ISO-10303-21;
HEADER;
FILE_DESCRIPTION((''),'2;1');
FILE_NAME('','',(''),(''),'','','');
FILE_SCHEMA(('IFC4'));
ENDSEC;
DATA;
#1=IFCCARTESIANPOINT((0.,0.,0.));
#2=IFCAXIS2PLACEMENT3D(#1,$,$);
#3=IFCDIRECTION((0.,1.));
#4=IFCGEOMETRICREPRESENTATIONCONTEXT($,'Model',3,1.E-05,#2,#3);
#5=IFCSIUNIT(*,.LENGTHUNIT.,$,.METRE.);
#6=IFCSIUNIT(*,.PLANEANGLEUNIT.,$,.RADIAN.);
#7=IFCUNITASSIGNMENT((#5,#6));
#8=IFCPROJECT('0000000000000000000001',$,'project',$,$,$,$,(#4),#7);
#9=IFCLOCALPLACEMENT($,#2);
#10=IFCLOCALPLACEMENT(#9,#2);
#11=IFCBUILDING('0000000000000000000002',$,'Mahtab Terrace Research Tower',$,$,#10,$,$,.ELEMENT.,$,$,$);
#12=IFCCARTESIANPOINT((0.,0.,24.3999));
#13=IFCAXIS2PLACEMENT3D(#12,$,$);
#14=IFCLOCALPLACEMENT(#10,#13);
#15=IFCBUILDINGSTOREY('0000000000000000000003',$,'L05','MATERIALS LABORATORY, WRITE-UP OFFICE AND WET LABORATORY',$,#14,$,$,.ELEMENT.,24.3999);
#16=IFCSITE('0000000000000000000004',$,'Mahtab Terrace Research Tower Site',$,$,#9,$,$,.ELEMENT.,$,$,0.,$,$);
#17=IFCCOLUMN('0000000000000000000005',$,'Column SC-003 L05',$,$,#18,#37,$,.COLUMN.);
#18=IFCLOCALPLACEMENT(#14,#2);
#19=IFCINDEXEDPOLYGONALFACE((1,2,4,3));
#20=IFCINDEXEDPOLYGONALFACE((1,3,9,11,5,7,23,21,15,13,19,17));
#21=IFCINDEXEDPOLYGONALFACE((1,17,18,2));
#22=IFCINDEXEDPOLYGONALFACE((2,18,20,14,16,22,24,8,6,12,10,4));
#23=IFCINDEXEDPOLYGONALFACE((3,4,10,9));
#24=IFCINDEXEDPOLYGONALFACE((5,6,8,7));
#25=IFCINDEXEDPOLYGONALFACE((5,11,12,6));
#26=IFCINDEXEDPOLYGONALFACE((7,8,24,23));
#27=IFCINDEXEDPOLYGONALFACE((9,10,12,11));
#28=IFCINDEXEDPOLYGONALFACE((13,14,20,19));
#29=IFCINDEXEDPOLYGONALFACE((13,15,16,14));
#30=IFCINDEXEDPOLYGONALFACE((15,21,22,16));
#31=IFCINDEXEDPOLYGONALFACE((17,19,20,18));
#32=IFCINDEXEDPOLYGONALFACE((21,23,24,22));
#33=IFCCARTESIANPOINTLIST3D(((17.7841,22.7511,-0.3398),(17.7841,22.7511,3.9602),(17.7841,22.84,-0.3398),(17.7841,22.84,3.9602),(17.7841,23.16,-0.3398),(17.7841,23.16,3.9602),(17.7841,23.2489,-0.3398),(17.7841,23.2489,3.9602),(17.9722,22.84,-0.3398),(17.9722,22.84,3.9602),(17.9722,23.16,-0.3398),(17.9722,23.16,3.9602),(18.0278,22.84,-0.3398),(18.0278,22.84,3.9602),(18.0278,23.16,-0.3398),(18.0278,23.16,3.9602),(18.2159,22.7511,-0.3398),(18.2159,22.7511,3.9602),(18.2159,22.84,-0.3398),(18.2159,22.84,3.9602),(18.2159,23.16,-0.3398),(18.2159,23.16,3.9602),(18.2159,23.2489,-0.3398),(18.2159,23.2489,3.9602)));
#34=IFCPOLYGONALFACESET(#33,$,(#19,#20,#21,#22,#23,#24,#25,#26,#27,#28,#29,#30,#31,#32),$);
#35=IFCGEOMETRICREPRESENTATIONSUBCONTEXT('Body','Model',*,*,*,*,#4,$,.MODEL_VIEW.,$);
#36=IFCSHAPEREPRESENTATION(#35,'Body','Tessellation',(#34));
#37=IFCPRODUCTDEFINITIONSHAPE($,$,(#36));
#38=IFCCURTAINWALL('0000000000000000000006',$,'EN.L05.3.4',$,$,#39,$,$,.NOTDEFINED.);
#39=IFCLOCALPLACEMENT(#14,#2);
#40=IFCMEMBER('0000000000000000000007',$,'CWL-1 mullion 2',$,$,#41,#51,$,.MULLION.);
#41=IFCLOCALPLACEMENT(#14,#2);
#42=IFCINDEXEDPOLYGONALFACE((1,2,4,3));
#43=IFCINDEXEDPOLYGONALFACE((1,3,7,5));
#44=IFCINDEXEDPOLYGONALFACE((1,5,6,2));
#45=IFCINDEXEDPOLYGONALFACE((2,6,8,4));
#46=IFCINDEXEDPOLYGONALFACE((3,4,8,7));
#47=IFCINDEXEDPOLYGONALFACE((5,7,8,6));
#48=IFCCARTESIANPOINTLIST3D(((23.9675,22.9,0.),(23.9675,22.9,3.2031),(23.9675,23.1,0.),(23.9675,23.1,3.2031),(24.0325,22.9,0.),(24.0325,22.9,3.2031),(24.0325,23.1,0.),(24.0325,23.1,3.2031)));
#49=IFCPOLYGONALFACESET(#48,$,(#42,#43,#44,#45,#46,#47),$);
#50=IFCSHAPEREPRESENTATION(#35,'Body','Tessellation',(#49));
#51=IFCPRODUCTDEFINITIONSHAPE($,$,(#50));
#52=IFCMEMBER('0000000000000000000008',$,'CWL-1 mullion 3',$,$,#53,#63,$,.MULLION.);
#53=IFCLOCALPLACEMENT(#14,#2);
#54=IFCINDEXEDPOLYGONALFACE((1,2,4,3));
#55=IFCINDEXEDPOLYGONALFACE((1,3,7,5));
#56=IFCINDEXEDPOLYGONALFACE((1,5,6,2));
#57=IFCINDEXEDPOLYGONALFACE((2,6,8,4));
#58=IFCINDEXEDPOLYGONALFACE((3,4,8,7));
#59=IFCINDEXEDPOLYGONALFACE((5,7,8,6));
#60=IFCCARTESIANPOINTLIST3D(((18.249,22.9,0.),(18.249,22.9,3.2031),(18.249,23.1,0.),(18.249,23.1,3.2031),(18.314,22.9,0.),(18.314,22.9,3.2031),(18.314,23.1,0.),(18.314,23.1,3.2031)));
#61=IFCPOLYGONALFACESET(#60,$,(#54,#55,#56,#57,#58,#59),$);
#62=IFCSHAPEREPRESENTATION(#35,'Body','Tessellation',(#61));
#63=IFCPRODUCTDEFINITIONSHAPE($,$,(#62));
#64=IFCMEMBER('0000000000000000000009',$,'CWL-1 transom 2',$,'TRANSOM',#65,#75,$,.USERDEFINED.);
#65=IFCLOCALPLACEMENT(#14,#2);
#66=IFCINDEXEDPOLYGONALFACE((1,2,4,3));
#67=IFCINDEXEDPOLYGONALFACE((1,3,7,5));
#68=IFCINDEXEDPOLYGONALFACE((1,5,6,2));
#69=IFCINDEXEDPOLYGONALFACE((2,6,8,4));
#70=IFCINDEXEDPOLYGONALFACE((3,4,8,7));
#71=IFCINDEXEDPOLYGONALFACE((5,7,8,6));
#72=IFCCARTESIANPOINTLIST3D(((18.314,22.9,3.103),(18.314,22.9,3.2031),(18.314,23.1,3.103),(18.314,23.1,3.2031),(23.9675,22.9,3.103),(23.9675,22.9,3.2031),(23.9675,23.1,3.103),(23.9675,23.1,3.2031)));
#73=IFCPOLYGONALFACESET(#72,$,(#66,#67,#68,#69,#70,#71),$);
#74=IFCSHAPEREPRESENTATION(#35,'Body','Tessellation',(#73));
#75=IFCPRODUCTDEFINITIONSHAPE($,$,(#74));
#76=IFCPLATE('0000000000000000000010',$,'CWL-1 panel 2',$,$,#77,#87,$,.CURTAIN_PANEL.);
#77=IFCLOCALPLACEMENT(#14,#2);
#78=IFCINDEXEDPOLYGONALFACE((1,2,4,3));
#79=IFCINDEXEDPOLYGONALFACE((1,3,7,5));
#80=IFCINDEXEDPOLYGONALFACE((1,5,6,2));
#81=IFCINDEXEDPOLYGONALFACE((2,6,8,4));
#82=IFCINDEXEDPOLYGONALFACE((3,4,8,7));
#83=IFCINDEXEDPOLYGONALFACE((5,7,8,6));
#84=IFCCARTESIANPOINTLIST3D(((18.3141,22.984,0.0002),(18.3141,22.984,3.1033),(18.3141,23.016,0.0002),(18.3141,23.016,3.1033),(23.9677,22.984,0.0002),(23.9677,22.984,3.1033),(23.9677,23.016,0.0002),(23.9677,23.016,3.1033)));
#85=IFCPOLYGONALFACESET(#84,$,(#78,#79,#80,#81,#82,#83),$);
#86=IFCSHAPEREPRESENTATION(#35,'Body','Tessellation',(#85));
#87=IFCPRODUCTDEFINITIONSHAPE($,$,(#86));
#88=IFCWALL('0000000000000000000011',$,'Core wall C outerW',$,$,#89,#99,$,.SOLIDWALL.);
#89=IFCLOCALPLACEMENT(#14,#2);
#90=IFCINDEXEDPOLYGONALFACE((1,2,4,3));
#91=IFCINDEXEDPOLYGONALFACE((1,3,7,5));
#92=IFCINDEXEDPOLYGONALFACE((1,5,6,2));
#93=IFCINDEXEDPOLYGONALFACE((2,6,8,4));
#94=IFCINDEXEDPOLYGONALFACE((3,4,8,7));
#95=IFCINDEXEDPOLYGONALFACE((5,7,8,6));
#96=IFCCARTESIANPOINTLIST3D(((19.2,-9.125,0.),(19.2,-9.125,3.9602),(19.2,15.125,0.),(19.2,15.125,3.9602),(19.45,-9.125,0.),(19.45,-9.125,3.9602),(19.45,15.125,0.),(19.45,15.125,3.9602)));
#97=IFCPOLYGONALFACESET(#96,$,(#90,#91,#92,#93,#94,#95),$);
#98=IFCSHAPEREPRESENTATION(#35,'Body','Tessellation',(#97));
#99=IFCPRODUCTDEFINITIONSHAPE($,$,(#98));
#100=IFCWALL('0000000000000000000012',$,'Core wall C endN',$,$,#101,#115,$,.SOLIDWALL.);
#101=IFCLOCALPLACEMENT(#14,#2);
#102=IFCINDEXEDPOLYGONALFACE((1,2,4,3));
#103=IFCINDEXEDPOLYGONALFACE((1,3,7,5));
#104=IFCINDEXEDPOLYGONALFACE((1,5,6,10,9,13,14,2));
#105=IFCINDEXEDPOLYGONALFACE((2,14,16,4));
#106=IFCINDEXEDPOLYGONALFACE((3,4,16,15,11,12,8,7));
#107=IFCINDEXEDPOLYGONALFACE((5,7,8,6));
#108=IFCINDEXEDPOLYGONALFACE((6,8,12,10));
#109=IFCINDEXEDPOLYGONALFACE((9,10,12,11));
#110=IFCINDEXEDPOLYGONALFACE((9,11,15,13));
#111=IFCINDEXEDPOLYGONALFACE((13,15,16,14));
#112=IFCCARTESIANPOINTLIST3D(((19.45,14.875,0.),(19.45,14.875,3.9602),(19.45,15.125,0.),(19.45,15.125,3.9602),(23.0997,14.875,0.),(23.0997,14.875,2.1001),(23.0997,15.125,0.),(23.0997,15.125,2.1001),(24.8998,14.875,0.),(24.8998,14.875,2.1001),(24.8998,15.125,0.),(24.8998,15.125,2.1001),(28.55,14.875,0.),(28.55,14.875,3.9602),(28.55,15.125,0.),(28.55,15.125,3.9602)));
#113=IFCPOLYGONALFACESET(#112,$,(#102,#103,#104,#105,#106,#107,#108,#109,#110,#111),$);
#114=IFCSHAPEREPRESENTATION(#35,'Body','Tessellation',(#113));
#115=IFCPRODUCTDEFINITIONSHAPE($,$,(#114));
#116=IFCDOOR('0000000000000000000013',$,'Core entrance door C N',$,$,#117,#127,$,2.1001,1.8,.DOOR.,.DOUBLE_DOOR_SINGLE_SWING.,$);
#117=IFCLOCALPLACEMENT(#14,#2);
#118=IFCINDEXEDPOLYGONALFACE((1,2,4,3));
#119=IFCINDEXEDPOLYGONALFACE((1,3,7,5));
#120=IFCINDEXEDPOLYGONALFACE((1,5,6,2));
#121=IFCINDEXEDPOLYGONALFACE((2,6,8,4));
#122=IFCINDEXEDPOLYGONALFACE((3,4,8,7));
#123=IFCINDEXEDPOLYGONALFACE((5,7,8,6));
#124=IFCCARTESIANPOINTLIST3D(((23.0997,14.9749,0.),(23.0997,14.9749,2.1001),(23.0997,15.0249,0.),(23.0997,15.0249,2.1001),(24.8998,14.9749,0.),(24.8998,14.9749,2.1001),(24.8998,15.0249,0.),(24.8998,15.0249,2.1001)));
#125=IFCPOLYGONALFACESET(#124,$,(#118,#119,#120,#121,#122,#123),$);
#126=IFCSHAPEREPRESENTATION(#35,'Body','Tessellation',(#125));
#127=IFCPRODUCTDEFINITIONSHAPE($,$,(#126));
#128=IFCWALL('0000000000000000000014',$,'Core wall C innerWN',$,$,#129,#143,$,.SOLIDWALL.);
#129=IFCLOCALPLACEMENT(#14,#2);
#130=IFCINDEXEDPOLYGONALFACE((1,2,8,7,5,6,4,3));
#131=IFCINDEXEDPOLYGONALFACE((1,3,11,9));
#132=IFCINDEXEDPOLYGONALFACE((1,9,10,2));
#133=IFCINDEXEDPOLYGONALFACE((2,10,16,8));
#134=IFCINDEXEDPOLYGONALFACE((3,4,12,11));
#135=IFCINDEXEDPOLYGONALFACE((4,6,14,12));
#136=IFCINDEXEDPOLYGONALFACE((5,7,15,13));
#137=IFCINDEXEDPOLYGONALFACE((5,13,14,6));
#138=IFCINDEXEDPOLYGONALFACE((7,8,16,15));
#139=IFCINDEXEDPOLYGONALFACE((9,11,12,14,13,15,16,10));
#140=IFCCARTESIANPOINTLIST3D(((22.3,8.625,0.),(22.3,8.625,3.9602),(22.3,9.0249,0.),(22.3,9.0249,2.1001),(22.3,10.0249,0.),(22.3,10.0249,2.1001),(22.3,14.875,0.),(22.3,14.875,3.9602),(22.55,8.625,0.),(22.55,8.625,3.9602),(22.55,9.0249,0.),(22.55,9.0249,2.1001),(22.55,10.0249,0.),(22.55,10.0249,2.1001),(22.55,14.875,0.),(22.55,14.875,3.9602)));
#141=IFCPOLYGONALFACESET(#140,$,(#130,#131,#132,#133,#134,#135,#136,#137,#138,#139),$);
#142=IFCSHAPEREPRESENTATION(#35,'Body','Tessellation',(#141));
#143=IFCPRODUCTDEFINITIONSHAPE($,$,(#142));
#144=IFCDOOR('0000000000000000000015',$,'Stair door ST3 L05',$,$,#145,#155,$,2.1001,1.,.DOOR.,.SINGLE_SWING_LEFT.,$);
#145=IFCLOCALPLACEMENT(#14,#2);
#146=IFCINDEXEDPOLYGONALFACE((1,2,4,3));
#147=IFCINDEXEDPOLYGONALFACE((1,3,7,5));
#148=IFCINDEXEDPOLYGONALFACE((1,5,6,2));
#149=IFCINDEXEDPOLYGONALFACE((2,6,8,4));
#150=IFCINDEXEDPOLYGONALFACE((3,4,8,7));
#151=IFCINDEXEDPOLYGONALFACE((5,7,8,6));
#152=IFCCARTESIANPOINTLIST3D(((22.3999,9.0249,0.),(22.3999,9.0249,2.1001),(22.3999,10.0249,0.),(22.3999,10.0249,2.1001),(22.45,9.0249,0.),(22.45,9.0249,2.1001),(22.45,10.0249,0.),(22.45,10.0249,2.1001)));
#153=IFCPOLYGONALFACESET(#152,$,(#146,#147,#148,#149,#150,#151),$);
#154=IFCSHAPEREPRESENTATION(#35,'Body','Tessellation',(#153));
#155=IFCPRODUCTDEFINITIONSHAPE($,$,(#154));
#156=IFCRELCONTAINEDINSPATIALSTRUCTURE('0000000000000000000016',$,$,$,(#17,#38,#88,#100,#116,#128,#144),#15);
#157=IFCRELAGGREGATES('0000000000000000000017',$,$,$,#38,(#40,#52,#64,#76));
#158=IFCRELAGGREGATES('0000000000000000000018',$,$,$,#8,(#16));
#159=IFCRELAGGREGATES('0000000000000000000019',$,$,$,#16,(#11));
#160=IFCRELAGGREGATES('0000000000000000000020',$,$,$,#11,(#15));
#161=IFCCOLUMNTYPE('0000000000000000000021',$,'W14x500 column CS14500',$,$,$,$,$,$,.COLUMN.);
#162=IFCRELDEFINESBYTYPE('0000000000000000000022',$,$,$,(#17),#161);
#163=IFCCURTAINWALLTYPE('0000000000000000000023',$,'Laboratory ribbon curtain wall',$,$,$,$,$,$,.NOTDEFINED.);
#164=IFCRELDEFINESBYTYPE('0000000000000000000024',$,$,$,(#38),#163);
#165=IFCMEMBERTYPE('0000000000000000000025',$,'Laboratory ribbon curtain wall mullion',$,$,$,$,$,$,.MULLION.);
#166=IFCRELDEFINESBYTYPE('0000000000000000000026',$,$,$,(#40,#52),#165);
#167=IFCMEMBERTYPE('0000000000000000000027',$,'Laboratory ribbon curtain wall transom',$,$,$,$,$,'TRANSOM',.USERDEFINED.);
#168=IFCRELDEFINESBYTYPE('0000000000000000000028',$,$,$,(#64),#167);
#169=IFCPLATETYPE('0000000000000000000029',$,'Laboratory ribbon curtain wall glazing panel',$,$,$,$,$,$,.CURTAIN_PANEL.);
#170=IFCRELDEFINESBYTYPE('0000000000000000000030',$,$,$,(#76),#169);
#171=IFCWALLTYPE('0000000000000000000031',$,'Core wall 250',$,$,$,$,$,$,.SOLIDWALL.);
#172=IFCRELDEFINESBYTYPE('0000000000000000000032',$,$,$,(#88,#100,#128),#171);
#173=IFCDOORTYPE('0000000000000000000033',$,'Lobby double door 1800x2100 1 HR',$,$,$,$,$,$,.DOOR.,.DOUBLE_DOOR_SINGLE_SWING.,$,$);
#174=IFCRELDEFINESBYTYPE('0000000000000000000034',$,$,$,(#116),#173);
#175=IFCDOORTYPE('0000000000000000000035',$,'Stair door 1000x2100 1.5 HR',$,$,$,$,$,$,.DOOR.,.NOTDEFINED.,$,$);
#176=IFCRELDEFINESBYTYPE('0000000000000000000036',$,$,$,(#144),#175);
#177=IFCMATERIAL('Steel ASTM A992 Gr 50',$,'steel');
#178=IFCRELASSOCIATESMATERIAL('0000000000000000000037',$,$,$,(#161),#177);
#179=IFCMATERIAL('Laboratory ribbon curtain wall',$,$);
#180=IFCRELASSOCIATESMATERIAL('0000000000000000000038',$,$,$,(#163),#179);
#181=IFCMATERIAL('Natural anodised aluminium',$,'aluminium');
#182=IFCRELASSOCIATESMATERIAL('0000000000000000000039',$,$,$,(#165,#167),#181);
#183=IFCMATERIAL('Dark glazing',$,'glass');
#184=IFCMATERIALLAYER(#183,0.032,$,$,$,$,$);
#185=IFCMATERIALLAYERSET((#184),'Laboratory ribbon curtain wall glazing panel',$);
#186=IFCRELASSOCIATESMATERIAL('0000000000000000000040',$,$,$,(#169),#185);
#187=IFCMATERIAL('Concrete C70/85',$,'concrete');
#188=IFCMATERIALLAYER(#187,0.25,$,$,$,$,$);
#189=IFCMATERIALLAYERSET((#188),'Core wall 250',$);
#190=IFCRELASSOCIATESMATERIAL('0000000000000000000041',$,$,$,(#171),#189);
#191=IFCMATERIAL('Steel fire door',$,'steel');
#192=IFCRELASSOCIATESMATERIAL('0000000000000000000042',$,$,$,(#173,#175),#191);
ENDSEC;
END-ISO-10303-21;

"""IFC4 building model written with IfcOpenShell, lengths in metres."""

from ifc_helpers import new_model, si_unit, direction, frame, frame_2d, origin, origin_2d, place, context, subcontext, project, spatial, rectangle, i_section, extrude, material, layer, layer_set, material_profile, profile_set, type_object, element, fill, aggregate, save


model = new_model("IFC4")

# Units and contexts
model_context = context("Model", 3, precision=1e-05, world=origin(), true_north=direction((0.0, 1.0)))
body_context = subcontext(model_context, "Body", "Model", "MODEL_VIEW")
ifc_project = project(units=[si_unit("LENGTHUNIT", "METRE"), si_unit("PLANEANGLEUNIT", "RADIAN")], contexts=[model_context])

# Site, building, storey
site_placement = place(None, origin())
site = spatial("IfcSite", under=ifc_project, at=site_placement, Name="Mahtab Terrace Research Tower Site", CompositionType="ELEMENT", RefElevation=0.0)
building_placement = place(site_placement, origin())
building = spatial("IfcBuilding", under=site, at=building_placement, Name="Mahtab Terrace Research Tower", CompositionType="ELEMENT")
storey_placement = place(building_placement, frame((0.0, 0.0, 24.3999)))
storey = spatial("IfcBuildingStorey", under=building, at=storey_placement, Name="L05", Description="MATERIALS LABORATORY, WRITE-UP OFFICE AND WET LABORATORY", CompositionType="ELEMENT", Elevation=24.3999)

# Column
ifc_material_1 = material(Name="Steel ASTM A992 Gr 50", Category="steel")
ifc_material_profile_1 = material_profile(ifc_material_1, i_section(OverallWidth=0.4319, OverallDepth=0.4978, WebThickness=0.0557, FlangeThickness=0.0889, at=origin_2d()), Name="W14X500")
ifc_profile_set_1 = profile_set([ifc_material_profile_1], Name="Steel ASTM A992 Gr 50")
column_type = type_object("IfcColumnType", Name="W14x500 column CS14500", PredefinedType="COLUMN", material=ifc_profile_set_1)
column_placement = place(storey_placement, frame((18.0, 23.0, -0.3398), z_axis=(0.0, 0.0, 1.0), x_axis=(1.0, 0.0, 0.0)))
element("IfcColumn", 1, at=column_placement, inside=storey, type_object=column_type, Name="Column SC-003 L05", PredefinedType="COLUMN", context=body_context, shape_type="SweptSolid", body=[
    extrude(i_section(OverallWidth=0.4319, OverallDepth=0.4978, WebThickness=0.0557, FlangeThickness=0.0889, at=origin_2d()), origin(), (0.0, 0.0, 1.0), 4.3),
])

# Curtain wall, members, plate
ifc_material_2 = material(Name="Laboratory ribbon curtain wall")
curtain_wall_type = type_object("IfcCurtainWallType", Name="Laboratory ribbon curtain wall", PredefinedType="NOTDEFINED", material=ifc_material_2)
curtain_wall_placement = place(storey_placement, origin())
curtain_wall = element("IfcCurtainWall", 2, at=curtain_wall_placement, inside=storey, type_object=curtain_wall_type, Name="EN.L05.3.4", PredefinedType="NOTDEFINED")
ifc_material_3 = material(Name="Natural anodised aluminium", Category="aluminium")
ifc_material_profile_2 = material_profile(ifc_material_3, rectangle(XDim=0.2, YDim=0.0649, at=origin_2d()), Name="MULLION 65x200")
ifc_profile_set_2 = profile_set([ifc_material_profile_2], Name="Natural anodised aluminium")
member_type_1 = type_object("IfcMemberType", Name="Laboratory ribbon curtain wall mullion", PredefinedType="MULLION", material=ifc_profile_set_2)
member_1_placement = place(storey_placement, frame((24.0, 23.0, 0.0), z_axis=(0.0, 0.0, 1.0), x_axis=(0.0, -1.0, 0.0)))
member_1 = element("IfcMember", 3, at=member_1_placement, type_object=member_type_1, Name="CWL-1 mullion 2", PredefinedType="MULLION", context=body_context, shape_type="SweptSolid", body=[
    extrude(rectangle(XDim=0.2, YDim=0.0649, at=origin_2d()), origin(), (0.0, 0.0, 1.0), 3.2031),
])
member_2_placement = place(storey_placement, frame((18.2815, 23.0, 0.0), z_axis=(0.0, 0.0, 1.0), x_axis=(0.0, -1.0, 0.0)))
member_2 = element("IfcMember", 4, at=member_2_placement, type_object=member_type_1, Name="CWL-1 mullion 3", PredefinedType="MULLION", context=body_context, shape_type="SweptSolid", body=[
    extrude(rectangle(XDim=0.2, YDim=0.0649, at=origin_2d()), origin(), (0.0, 0.0, 1.0), 3.2031),
])
ifc_material_profile_3 = material_profile(ifc_material_3, rectangle(XDim=0.2, YDim=0.1001, at=origin_2d()), Name="TRANSOM 100x200")
ifc_profile_set_3 = profile_set([ifc_material_profile_3], Name="Natural anodised aluminium")
member_type_2 = type_object("IfcMemberType", Name="Laboratory ribbon curtain wall transom", ElementType="TRANSOM", PredefinedType="USERDEFINED", material=ifc_profile_set_3)
member_3_placement = place(storey_placement, frame((23.9675, 23.0, 3.1531), z_axis=(-1.0, 0.0, 0.0), x_axis=(0.0, -1.0, 0.0)))
member_3 = element("IfcMember", 5, at=member_3_placement, type_object=member_type_2, Name="CWL-1 transom 2", ObjectType="TRANSOM", PredefinedType="USERDEFINED", context=body_context, shape_type="SweptSolid", body=[
    extrude(rectangle(XDim=0.2, YDim=0.1001, at=origin_2d()), origin(), (0.0, 0.0, 1.0), 5.6536),
])
ifc_material_4 = material(Name="Dark glazing", Category="glass")
ifc_layer_1 = layer(ifc_material_4, 0.032)
ifc_layer_set_1 = layer_set([ifc_layer_1], Name="Laboratory ribbon curtain wall glazing panel")
plate_type = type_object("IfcPlateType", Name="Laboratory ribbon curtain wall glazing panel", PredefinedType="CURTAIN_PANEL", material=ifc_layer_set_1)
plate_placement = place(storey_placement, frame((21.1409, 23.0, 0.0002), z_axis=(0.0, 0.0, 1.0), x_axis=(-1.0, 0.0, 0.0)))
plate = element("IfcPlate", 6, at=plate_placement, type_object=plate_type, Name="CWL-1 panel 2", PredefinedType="CURTAIN_PANEL", context=body_context, shape_type="SweptSolid", body=[
    extrude(rectangle(XDim=5.6536, YDim=0.032, at=origin_2d()), origin(), (0.0, 0.0, 1.0), 3.103),
])
aggregate(curtain_wall, [member_1, member_2, member_3, plate])

# Wall
ifc_material_5 = material(Name="Concrete C70/85", Category="concrete")
ifc_layer_2 = layer(ifc_material_5, 0.25)
ifc_layer_set_2 = layer_set([ifc_layer_2], Name="Core wall 250")
wall_type_1 = type_object("IfcWallType", Name="Core wall 250", PredefinedType="SOLIDWALL", material=ifc_layer_set_2)
wall_1_placement = place(storey_placement, frame((19.325, 15.125, 0.0), z_axis=(0.0, 0.0, 1.0), x_axis=(0.0, -1.0, 0.0)))
element("IfcWall", 7, at=wall_1_placement, inside=storey, type_object=wall_type_1, Name="Core wall C outerW", PredefinedType="SOLIDWALL", context=body_context, shape_type="SweptSolid", body=[
    extrude(rectangle(XDim=24.25, YDim=0.25, at=frame_2d((12.125, 0.0))), origin(), (0.0, 0.0, 1.0), 3.9602),
])

# Walls, openings, doors
wall_2_placement = place(storey_placement, frame((19.45, 15.0, 0.0), z_axis=(0.0, 0.0, 1.0), x_axis=(1.0, 0.0, 0.0)))
wall_2 = element("IfcWall", 8, at=wall_2_placement, inside=storey, type_object=wall_type_1, Name="Core wall C endN", PredefinedType="SOLIDWALL", context=body_context, shape_type="SweptSolid", body=[
    extrude(rectangle(XDim=9.1001, YDim=0.25, at=frame_2d((4.55, 0.0))), origin(), (0.0, 0.0, 1.0), 3.9602),
])
opening_1_placement = place(wall_2_placement, frame((3.6499, 0.0, 0.0)))
opening_1 = element("IfcOpeningElement", 9, at=opening_1_placement, cuts=wall_2, PredefinedType="OPENING", context=body_context, shape_type="SweptSolid", body=[
    extrude(rectangle(XDim=1.8, YDim=2.1001, at=frame_2d((0.8999, 1.05))), frame((0.0, 0.135, 0.0), z_axis=(0.0, -1.0, 0.0), x_axis=(1.0, 0.0, 0.0)), (0.0, 0.0, 1.0), 0.27),
])
ifc_material_6 = material(Name="Steel fire door", Category="steel")
door_type_1 = type_object("IfcDoorType", Name="Lobby double door 1800x2100 1 HR", OperationType="DOUBLE_DOOR_SINGLE_SWING", PredefinedType="DOOR", material=ifc_material_6)
door_1_placement = place(opening_1_placement, origin())
door_1 = element("IfcDoor", 10, at=door_1_placement, inside=storey, type_object=door_type_1, Name="Core entrance door C N", OperationType="DOUBLE_DOOR_SINGLE_SWING", OverallHeight=2.1001, OverallWidth=1.8, PredefinedType="DOOR", context=body_context, shape_type="SweptSolid", body=[
    extrude(rectangle(XDim=1.8, YDim=2.1001, at=frame_2d((0.8999, 1.05))), frame((0.0, 0.0249, 0.0), z_axis=(0.0, -1.0, 0.0), x_axis=(1.0, 0.0, 0.0)), (0.0, 0.0, 1.0), 0.05),
])
fill(opening_1, door_1)
wall_3_placement = place(storey_placement, frame((22.425, 14.875, 0.0), z_axis=(0.0, 0.0, 1.0), x_axis=(0.0, -1.0, 0.0)))
wall_3 = element("IfcWall", 11, at=wall_3_placement, inside=storey, type_object=wall_type_1, Name="Core wall C innerWN", PredefinedType="SOLIDWALL", context=body_context, shape_type="SweptSolid", body=[
    extrude(rectangle(XDim=6.25, YDim=0.25, at=frame_2d((3.125, 0.0))), origin(), (0.0, 0.0, 1.0), 3.9602),
])
opening_2_placement = place(wall_3_placement, frame((4.8501, 0.0, 0.0)))
opening_2 = element("IfcOpeningElement", 12, at=opening_2_placement, cuts=wall_3, PredefinedType="OPENING", context=body_context, shape_type="SweptSolid", body=[
    extrude(rectangle(XDim=1.0, YDim=2.1001, at=frame_2d((0.5, 1.05))), frame((0.0, 0.135, 0.0), z_axis=(0.0, -1.0, 0.0), x_axis=(1.0, 0.0, 0.0)), (0.0, 0.0, 1.0), 0.27),
])
door_type_2 = type_object("IfcDoorType", Name="Stair door 1000x2100 1.5 HR", OperationType="NOTDEFINED", PredefinedType="DOOR", material=ifc_material_6)
door_2_placement = place(opening_2_placement, origin())
door_2 = element("IfcDoor", 13, at=door_2_placement, inside=storey, type_object=door_type_2, Name="Stair door ST3 L05", OperationType="SINGLE_SWING_LEFT", OverallHeight=2.1001, OverallWidth=1.0, PredefinedType="DOOR", context=body_context, shape_type="SweptSolid", body=[
    extrude(rectangle(XDim=1.0, YDim=2.1001, at=frame_2d((0.5, 1.05))), frame((0.0, 0.0249, 0.0), z_axis=(0.0, -1.0, 0.0), x_axis=(1.0, 0.0, 0.0)), (0.0, 0.0, 1.0), 0.05),
])
fill(opening_2, door_2)

save(model, "model.ifc")
